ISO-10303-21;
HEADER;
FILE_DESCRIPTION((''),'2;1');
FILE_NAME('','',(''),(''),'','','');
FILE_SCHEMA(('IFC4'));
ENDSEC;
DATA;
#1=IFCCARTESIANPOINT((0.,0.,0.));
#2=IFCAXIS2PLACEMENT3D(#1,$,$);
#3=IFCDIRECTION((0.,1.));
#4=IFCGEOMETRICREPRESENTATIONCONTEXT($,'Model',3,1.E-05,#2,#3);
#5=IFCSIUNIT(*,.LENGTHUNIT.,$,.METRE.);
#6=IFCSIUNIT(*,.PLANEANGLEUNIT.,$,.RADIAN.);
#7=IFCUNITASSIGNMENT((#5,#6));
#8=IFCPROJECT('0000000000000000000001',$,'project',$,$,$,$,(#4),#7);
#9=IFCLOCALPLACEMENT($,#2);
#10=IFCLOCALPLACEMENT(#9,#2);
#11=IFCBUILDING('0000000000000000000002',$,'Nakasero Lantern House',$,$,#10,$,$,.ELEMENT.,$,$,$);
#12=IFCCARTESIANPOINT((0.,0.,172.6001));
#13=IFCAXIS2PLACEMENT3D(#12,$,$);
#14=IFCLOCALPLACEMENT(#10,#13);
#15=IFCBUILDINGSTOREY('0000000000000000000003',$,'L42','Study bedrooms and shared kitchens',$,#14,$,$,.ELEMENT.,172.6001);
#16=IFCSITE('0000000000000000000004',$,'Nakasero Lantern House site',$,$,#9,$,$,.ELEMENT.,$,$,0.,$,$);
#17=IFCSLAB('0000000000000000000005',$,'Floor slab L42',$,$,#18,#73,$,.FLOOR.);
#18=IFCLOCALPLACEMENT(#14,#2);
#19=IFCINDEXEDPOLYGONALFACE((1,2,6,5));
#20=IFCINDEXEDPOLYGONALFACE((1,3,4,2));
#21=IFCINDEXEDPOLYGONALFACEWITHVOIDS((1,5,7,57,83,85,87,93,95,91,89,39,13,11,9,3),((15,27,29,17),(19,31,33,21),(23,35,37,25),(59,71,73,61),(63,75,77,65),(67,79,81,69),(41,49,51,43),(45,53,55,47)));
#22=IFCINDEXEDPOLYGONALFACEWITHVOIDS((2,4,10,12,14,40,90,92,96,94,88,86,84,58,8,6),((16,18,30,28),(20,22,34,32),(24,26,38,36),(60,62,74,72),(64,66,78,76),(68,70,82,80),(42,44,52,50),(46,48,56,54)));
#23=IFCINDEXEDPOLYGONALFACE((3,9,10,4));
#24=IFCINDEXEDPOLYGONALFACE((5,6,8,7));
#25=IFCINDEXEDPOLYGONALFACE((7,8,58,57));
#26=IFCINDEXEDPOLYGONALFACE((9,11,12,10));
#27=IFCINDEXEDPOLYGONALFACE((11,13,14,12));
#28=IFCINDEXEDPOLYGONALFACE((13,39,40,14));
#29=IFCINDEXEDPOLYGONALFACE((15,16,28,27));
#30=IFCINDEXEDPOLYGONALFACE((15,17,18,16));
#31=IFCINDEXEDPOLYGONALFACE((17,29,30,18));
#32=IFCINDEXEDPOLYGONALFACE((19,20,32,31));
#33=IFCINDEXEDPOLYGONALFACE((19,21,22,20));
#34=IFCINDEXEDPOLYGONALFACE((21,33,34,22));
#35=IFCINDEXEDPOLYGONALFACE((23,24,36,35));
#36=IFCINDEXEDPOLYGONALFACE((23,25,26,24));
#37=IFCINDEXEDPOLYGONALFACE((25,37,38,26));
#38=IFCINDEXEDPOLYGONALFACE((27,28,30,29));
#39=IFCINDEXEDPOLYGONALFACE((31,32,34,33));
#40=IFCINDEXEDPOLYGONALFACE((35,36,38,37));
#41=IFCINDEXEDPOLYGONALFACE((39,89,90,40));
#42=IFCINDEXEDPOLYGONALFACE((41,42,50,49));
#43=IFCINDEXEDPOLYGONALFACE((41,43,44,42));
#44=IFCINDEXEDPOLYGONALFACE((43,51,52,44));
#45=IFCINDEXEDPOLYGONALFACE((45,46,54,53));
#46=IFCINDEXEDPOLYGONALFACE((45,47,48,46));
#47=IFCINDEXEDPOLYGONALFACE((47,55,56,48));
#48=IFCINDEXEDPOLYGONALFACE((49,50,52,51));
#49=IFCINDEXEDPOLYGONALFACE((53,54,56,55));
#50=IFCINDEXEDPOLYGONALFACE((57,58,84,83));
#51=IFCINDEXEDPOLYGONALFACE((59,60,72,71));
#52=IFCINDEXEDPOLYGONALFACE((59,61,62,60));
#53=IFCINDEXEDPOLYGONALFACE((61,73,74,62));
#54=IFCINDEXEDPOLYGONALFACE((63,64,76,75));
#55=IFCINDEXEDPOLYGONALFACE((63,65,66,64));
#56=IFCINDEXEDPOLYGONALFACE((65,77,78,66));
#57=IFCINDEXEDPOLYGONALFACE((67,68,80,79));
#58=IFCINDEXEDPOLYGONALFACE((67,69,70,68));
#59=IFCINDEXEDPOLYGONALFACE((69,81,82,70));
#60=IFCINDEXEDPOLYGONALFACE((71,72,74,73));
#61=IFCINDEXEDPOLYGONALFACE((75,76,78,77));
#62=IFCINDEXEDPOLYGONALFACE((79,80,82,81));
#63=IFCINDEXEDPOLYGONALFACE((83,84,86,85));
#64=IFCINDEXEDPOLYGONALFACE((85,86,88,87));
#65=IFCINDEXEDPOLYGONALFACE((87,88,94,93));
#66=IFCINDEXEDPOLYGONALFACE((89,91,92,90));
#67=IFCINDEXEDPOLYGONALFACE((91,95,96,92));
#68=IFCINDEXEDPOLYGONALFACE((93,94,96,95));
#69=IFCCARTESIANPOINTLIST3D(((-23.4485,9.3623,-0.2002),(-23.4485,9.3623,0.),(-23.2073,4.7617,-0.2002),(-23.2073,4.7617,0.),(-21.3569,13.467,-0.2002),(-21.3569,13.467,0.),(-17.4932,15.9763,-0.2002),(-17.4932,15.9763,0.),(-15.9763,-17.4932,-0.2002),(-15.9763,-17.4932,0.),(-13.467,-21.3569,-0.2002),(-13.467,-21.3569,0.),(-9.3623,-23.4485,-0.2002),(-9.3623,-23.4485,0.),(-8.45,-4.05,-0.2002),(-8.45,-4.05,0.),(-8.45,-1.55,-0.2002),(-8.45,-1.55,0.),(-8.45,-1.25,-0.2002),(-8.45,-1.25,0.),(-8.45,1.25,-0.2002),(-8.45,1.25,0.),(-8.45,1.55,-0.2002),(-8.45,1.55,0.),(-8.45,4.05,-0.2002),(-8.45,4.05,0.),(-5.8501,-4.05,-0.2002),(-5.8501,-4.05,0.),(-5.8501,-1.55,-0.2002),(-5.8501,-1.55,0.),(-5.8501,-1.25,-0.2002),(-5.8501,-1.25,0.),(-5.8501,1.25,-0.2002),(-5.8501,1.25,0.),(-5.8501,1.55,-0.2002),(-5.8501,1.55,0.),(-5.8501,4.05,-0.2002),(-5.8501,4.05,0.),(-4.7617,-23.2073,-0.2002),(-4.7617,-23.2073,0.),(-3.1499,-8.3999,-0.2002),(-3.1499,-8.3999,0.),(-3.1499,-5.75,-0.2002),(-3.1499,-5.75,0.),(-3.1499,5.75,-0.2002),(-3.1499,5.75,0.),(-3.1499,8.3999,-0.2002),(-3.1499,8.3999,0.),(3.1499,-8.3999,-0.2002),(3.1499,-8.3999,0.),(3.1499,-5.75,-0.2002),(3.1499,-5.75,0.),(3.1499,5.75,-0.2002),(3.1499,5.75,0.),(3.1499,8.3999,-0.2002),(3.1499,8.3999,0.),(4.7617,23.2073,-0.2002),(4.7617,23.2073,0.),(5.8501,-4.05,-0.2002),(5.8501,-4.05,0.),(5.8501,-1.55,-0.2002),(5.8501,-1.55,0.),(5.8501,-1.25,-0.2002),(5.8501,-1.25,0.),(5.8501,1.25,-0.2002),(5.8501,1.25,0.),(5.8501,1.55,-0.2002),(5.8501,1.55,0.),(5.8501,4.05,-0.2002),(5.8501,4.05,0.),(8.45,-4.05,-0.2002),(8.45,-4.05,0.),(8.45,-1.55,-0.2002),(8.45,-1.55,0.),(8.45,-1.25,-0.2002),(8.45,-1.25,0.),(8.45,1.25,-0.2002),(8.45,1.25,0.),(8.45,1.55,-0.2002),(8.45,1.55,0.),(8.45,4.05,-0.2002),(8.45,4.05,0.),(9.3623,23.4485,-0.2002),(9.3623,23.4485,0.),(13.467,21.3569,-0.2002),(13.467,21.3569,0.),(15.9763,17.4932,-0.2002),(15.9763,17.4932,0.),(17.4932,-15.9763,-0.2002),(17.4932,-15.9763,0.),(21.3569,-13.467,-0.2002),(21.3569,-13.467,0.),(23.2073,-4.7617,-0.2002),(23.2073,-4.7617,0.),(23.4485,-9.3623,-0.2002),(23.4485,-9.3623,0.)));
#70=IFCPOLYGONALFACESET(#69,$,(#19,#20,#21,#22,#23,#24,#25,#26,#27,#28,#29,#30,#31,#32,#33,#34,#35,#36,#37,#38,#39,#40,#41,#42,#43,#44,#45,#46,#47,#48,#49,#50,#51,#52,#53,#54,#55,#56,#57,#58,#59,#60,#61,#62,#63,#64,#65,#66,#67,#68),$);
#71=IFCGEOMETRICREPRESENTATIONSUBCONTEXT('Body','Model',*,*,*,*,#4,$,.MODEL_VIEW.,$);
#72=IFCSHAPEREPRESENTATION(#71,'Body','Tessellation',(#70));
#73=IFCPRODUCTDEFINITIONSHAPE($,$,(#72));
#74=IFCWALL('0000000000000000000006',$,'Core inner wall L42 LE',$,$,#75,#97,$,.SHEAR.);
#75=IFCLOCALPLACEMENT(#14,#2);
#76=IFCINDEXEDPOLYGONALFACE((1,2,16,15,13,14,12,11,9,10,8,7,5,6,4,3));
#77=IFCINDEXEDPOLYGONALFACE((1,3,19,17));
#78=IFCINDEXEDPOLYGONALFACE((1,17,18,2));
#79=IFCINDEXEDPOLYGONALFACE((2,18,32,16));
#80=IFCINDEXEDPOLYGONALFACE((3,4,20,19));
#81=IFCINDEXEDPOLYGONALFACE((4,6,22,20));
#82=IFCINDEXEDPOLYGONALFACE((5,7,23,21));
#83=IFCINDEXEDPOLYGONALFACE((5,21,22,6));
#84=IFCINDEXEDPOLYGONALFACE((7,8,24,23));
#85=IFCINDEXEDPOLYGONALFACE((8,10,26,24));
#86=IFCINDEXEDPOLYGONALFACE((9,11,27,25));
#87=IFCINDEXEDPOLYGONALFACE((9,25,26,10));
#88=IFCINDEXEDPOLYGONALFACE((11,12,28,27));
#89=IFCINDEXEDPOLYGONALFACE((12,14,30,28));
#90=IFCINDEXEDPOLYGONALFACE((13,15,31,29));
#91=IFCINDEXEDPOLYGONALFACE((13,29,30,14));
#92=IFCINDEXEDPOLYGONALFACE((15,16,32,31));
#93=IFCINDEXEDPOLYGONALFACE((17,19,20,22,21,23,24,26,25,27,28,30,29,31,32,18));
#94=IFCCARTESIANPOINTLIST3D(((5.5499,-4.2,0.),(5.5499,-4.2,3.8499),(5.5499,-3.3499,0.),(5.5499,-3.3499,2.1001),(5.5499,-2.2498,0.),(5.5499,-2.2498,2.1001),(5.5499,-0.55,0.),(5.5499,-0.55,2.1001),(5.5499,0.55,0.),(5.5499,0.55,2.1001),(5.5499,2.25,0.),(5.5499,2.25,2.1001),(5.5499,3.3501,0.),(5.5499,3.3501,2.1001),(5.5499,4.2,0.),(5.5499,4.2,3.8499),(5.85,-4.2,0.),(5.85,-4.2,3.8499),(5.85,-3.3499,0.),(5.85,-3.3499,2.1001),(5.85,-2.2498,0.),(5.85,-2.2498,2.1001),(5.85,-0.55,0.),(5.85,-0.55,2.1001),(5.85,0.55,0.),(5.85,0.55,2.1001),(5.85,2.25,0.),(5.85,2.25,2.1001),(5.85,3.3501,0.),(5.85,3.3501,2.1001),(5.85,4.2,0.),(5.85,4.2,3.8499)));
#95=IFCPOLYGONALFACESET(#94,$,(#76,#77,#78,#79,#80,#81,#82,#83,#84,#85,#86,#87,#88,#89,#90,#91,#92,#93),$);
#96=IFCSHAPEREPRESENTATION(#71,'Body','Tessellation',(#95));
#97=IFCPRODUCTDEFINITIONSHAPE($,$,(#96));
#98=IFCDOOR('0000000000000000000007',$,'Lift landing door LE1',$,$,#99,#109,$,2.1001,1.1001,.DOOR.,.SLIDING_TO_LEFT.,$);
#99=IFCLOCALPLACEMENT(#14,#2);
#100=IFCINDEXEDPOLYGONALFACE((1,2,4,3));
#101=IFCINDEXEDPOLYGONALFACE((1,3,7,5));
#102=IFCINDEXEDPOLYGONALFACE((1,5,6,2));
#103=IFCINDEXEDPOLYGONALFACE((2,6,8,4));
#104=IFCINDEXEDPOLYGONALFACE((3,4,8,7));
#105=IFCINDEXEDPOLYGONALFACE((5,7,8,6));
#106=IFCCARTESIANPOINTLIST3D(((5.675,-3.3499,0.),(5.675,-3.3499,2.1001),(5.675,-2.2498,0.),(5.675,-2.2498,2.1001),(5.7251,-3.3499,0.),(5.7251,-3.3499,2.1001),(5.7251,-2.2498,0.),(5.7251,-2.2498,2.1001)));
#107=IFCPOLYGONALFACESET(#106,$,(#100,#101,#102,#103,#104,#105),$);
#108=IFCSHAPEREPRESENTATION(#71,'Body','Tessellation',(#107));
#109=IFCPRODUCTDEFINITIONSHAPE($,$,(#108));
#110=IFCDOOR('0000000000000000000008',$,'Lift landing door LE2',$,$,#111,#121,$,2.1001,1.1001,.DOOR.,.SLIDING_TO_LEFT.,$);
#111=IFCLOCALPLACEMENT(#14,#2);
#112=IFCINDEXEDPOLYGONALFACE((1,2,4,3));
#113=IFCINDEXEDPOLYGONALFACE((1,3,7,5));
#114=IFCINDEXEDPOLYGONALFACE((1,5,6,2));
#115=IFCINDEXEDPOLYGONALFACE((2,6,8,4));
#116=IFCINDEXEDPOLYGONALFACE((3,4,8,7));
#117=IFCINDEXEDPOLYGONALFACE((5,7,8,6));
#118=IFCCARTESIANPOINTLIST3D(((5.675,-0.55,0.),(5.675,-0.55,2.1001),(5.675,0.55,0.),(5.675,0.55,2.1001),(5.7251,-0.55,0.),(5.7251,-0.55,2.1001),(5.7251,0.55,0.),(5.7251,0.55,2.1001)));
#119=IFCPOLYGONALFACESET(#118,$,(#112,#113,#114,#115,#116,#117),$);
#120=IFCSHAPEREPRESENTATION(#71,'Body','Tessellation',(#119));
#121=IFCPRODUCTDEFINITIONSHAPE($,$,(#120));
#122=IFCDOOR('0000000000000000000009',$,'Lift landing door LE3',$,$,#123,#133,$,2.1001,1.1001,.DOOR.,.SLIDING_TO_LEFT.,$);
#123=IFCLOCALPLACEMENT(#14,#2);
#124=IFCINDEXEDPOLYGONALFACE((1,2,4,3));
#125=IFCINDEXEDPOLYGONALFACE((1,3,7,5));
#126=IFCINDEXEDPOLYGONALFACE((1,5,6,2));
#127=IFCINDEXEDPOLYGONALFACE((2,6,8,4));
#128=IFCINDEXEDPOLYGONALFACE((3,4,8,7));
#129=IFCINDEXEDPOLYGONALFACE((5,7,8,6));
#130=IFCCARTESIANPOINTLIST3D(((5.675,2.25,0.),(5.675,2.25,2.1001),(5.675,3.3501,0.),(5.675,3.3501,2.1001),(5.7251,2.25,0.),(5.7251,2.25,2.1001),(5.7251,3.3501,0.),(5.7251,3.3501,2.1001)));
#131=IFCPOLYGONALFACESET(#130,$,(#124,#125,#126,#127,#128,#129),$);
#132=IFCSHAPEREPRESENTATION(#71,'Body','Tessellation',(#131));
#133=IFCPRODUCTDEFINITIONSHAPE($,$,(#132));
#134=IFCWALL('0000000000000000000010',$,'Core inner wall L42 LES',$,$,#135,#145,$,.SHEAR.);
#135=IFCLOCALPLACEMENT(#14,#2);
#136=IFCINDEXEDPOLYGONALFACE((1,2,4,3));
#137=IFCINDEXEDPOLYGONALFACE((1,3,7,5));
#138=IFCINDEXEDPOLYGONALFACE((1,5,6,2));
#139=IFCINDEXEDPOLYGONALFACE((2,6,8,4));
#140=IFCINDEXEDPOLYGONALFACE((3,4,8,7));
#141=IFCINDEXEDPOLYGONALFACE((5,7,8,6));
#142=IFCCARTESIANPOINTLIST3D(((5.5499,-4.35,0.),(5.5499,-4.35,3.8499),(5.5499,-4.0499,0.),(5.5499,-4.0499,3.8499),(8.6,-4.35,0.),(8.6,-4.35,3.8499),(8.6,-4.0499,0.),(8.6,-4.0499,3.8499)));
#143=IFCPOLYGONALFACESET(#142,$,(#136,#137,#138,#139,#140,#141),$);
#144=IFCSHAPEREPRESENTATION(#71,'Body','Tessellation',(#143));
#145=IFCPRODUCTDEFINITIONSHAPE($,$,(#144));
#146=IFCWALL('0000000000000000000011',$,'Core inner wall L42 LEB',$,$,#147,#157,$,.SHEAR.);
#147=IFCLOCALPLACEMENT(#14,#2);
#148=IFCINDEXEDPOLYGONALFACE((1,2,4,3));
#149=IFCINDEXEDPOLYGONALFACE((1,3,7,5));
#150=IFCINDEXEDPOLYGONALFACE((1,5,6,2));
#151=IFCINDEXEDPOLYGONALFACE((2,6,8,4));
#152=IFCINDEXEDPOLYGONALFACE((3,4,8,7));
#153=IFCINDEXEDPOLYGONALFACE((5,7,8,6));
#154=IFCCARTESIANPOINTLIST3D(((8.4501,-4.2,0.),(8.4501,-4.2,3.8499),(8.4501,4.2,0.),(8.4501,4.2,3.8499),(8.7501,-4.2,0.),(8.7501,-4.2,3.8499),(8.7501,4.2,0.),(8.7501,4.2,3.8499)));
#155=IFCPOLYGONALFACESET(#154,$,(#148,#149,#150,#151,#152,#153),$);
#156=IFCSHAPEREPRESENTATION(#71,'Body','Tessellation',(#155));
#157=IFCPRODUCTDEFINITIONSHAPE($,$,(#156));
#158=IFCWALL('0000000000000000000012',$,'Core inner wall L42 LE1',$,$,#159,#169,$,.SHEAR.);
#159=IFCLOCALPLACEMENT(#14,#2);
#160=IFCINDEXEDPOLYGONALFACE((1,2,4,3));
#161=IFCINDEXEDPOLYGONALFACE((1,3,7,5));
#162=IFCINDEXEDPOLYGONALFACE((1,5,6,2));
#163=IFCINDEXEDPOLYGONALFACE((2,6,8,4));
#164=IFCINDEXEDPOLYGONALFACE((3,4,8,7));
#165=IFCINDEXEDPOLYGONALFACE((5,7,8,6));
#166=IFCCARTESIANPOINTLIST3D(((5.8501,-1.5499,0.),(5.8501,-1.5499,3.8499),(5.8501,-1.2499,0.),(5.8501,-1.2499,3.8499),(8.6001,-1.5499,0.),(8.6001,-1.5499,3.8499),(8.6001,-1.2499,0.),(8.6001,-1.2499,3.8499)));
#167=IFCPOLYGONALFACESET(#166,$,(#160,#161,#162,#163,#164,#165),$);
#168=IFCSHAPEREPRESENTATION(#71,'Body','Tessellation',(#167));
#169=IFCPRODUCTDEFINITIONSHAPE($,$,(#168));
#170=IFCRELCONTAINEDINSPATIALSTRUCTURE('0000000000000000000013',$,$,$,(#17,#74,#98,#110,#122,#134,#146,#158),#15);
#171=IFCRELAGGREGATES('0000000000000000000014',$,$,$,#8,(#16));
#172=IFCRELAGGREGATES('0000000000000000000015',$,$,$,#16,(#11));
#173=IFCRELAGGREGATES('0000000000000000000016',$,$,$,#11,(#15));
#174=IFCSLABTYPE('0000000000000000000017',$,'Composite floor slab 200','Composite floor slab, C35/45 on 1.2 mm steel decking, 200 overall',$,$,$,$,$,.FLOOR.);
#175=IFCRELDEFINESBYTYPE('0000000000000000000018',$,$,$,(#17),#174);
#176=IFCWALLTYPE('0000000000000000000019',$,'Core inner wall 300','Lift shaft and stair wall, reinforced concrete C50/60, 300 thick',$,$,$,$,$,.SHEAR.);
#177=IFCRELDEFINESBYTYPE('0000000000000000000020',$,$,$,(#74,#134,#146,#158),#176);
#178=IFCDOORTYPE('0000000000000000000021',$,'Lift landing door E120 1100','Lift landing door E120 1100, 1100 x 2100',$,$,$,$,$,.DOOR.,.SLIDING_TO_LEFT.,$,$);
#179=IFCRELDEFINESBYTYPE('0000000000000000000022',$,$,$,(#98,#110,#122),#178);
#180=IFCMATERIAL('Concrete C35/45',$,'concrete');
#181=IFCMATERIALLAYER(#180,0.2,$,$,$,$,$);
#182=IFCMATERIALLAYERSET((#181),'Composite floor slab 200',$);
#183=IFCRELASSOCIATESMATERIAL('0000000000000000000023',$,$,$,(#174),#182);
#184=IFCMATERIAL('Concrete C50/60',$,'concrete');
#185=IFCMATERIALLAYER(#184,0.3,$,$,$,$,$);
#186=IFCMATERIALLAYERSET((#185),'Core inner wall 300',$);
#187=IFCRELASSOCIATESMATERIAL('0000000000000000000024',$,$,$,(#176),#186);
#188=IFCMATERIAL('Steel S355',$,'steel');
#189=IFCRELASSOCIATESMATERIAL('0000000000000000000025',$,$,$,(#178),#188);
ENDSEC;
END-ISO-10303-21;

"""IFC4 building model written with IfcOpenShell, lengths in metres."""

from ifc_helpers import new_model, si_unit, direction, frame, frame_2d, origin, place, context, subcontext, project, spatial, polyline, rectangle, outline, extrude, material, layer, layer_set, type_object, element, fill, save


model = new_model("IFC4")

# Units and contexts
model_context = context("Model", 3, precision=1e-05, world=origin(), true_north=direction((0.0, 1.0)))
body_context = subcontext(model_context, "Body", "Model", "MODEL_VIEW")
ifc_project = project(units=[si_unit("LENGTHUNIT", "METRE"), si_unit("PLANEANGLEUNIT", "RADIAN")], contexts=[model_context])

# Site, building, storey
site_placement = place(None, origin())
site = spatial("IfcSite", under=ifc_project, at=site_placement, Name="Nakasero Lantern House site", CompositionType="ELEMENT", RefElevation=0.0)
building_placement = place(site_placement, origin())
building = spatial("IfcBuilding", under=site, at=building_placement, Name="Nakasero Lantern House", CompositionType="ELEMENT")
storey_placement = place(building_placement, frame((0.0, 0.0, 172.6001)))
storey = spatial("IfcBuildingStorey", under=building, at=storey_placement, Name="L42", Description="Study bedrooms and shared kitchens", CompositionType="ELEMENT", Elevation=172.6001)

# Slab
ifc_material_1 = material(Name="Concrete C35/45", Category="concrete")
ifc_layer_1 = layer(ifc_material_1, 0.2)
ifc_layer_set_1 = layer_set([ifc_layer_1], Name="Composite floor slab 200")
slab_type_1 = type_object("IfcSlabType", Name="Composite floor slab 200", Description="Composite floor slab, C35/45 on 1.2 mm steel decking, 200 overall", PredefinedType="FLOOR", material=ifc_layer_set_1)
slab_1_placement = place(storey_placement, frame((0.0, 0.0, -0.2002)))
element("IfcSlab", 1, at=slab_1_placement, inside=storey, type_object=slab_type_1, Name="Floor slab L42", PredefinedType="FLOOR", context=body_context, shape_type="SweptSolid", body=[
    extrude(outline(polyline([(15.9763, 17.4932), (13.467, 21.3569), (9.3623, 23.4485), (4.7617, 23.2073), (-17.4932, 15.9763), (-21.3569, 13.467), (-23.4485, 9.3623), (-23.2073, 4.7617), (-15.9763, -17.4932), (-13.467, -21.3569), (-9.3623, -23.4485), (-4.7617, -23.2073), (17.4932, -15.9763), (21.3569, -13.467), (23.4485, -9.3623), (23.2073, -4.7617), (15.9763, 17.4932)]), holes=[polyline([(-8.45, -4.05), (-5.8501, -4.05), (-5.8501, -1.55), (-8.45, -1.55), (-8.45, -4.05)]), polyline([(-8.45, -1.25), (-5.8501, -1.25), (-5.8501, 1.25), (-8.45, 1.25), (-8.45, -1.25)]), polyline([(-8.45, 1.55), (-5.8501, 1.55), (-5.8501, 4.05), (-8.45, 4.05), (-8.45, 1.55)]), polyline([(5.8501, -4.05), (8.45, -4.05), (8.45, -1.55), (5.8501, -1.55), (5.8501, -4.05)]), polyline([(5.8501, -1.25), (8.45, -1.25), (8.45, 1.25), (5.8501, 1.25), (5.8501, -1.25)]), polyline([(5.8501, 1.55), (8.45, 1.55), (8.45, 4.05), (5.8501, 4.05), (5.8501, 1.55)]), polyline([(-3.1499, 5.75), (3.1499, 5.75), (3.1499, 8.3999), (-3.1499, 8.3999), (-3.1499, 5.75)]), polyline([(-3.1499, -8.3999), (3.1499, -8.3999), (3.1499, -5.75), (-3.1499, -5.75), (-3.1499, -8.3999)])]), origin(), (0.0, 0.0, 1.0), 0.2002),
])

# Wall, openings, doors
ifc_material_2 = material(Name="Concrete C50/60", Category="concrete")
ifc_layer_2 = layer(ifc_material_2, 0.3)
ifc_layer_set_2 = layer_set([ifc_layer_2], Name="Core inner wall 300")
wall_type_1 = type_object("IfcWallType", Name="Core inner wall 300", Description="Lift shaft and stair wall, reinforced concrete C50/60, 300 thick", PredefinedType="SHEAR", material=ifc_layer_set_2)
wall_1_placement = place(storey_placement, frame((5.7, -4.2, 0.0), z_axis=(0.0, 0.0, 1.0), x_axis=(0.0, 1.0, 0.0)))
wall_1 = element("IfcWall", 2, at=wall_1_placement, inside=storey, type_object=wall_type_1, Name="Core inner wall L42 LE", PredefinedType="SHEAR", context=body_context, shape_type="SweptSolid", body=[
    extrude(rectangle(XDim=8.3999, YDim=0.3, at=frame_2d((4.2, 0.0))), origin(), (0.0, 0.0, 1.0), 3.8499),
])
opening_1_placement = place(wall_1_placement, frame((0.8501, 0.0, 0.0)))
opening_1 = element("IfcOpeningElement", 3, at=opening_1_placement, cuts=wall_1, PredefinedType="OPENING", context=body_context, shape_type="SweptSolid", body=[
    extrude(rectangle(XDim=1.1001, YDim=2.1001, at=frame_2d((0.55, 1.05))), frame((0.0, 0.1699, 0.0), z_axis=(0.0, -1.0, 0.0), x_axis=(1.0, 0.0, 0.0)), (0.0, 0.0, 1.0), 0.3401),
])
opening_2_placement = place(wall_1_placement, frame((3.6499, 0.0, 0.0)))
opening_2 = element("IfcOpeningElement", 4, at=opening_2_placement, cuts=wall_1, PredefinedType="OPENING", context=body_context, shape_type="SweptSolid", body=[
    extrude(rectangle(XDim=1.1001, YDim=2.1001, at=frame_2d((0.55, 1.05))), frame((0.0, 0.1699, 0.0), z_axis=(0.0, -1.0, 0.0), x_axis=(1.0, 0.0, 0.0)), (0.0, 0.0, 1.0), 0.3401),
])
opening_3_placement = place(wall_1_placement, frame((6.45, 0.0, 0.0)))
opening_3 = element("IfcOpeningElement", 5, at=opening_3_placement, cuts=wall_1, PredefinedType="OPENING", context=body_context, shape_type="SweptSolid", body=[
    extrude(rectangle(XDim=1.1001, YDim=2.1001, at=frame_2d((0.55, 1.05))), frame((0.0, 0.1699, 0.0), z_axis=(0.0, -1.0, 0.0), x_axis=(1.0, 0.0, 0.0)), (0.0, 0.0, 1.0), 0.3401),
])
ifc_material_3 = material(Name="Steel S355", Category="steel")
door_type_1 = type_object("IfcDoorType", Name="Lift landing door E120 1100", Description="Lift landing door E120 1100, 1100 x 2100", OperationType="SLIDING_TO_LEFT", PredefinedType="DOOR", material=ifc_material_3)
door_1_placement = place(opening_1_placement, origin())
door_1 = element("IfcDoor", 6, at=door_1_placement, inside=storey, type_object=door_type_1, Name="Lift landing door LE1", OperationType="SLIDING_TO_LEFT", OverallHeight=2.1001, OverallWidth=1.1001, PredefinedType="DOOR", context=body_context, shape_type="SweptSolid", body=[
    extrude(rectangle(XDim=1.1001, YDim=2.1001, at=frame_2d((0.55, 1.05))), frame((0.0, 0.0249, 0.0), z_axis=(0.0, -1.0, 0.0), x_axis=(1.0, 0.0, 0.0)), (0.0, 0.0, 1.0), 0.05),
])
fill(opening_1, door_1)
door_2_placement = place(opening_2_placement, origin())
door_2 = element("IfcDoor", 7, at=door_2_placement, inside=storey, type_object=door_type_1, Name="Lift landing door LE2", OperationType="SLIDING_TO_LEFT", OverallHeight=2.1001, OverallWidth=1.1001, PredefinedType="DOOR", context=body_context, shape_type="SweptSolid", body=[
    extrude(rectangle(XDim=1.1001, YDim=2.1001, at=frame_2d((0.55, 1.05))), frame((0.0, 0.0249, 0.0), z_axis=(0.0, -1.0, 0.0), x_axis=(1.0, 0.0, 0.0)), (0.0, 0.0, 1.0), 0.05),
])
fill(opening_2, door_2)
door_3_placement = place(opening_3_placement, origin())
door_3 = element("IfcDoor", 8, at=door_3_placement, inside=storey, type_object=door_type_1, Name="Lift landing door LE3", OperationType="SLIDING_TO_LEFT", OverallHeight=2.1001, OverallWidth=1.1001, PredefinedType="DOOR", context=body_context, shape_type="SweptSolid", body=[
    extrude(rectangle(XDim=1.1001, YDim=2.1001, at=frame_2d((0.55, 1.05))), frame((0.0, 0.0249, 0.0), z_axis=(0.0, -1.0, 0.0), x_axis=(1.0, 0.0, 0.0)), (0.0, 0.0, 1.0), 0.05),
])
fill(opening_3, door_3)

# Walls
wall_2_placement = place(storey_placement, frame((5.55, -4.2, 0.0), z_axis=(0.0, 0.0, 1.0), x_axis=(1.0, 0.0, 0.0)))
element("IfcWall", 9, at=wall_2_placement, inside=storey, type_object=wall_type_1, Name="Core inner wall L42 LES", PredefinedType="SHEAR", context=body_context, shape_type="SweptSolid", body=[
    extrude(rectangle(XDim=3.05, YDim=0.3, at=frame_2d((1.5249, 0.0))), origin(), (0.0, 0.0, 1.0), 3.8499),
])
wall_3_placement = place(storey_placement, frame((8.6001, -4.2, 0.0), z_axis=(0.0, 0.0, 1.0), x_axis=(0.0, 1.0, 0.0)))
element("IfcWall", 10, at=wall_3_placement, inside=storey, type_object=wall_type_1, Name="Core inner wall L42 LEB", PredefinedType="SHEAR", context=body_context, shape_type="SweptSolid", body=[
    extrude(rectangle(XDim=8.3999, YDim=0.3, at=frame_2d((4.2, 0.0))), origin(), (0.0, 0.0, 1.0), 3.8499),
])
wall_4_placement = place(storey_placement, frame((5.8501, -1.3999, 0.0), z_axis=(0.0, 0.0, 1.0), x_axis=(1.0, 0.0, 0.0)))
element("IfcWall", 11, at=wall_4_placement, inside=storey, type_object=wall_type_1, Name="Core inner wall L42 LE1", PredefinedType="SHEAR", context=body_context, shape_type="SweptSolid", body=[
    extrude(rectangle(XDim=2.75, YDim=0.3, at=frame_2d((1.375, 0.0))), origin(), (0.0, 0.0, 1.0), 3.8499),
])

save(model, "model.ifc")
